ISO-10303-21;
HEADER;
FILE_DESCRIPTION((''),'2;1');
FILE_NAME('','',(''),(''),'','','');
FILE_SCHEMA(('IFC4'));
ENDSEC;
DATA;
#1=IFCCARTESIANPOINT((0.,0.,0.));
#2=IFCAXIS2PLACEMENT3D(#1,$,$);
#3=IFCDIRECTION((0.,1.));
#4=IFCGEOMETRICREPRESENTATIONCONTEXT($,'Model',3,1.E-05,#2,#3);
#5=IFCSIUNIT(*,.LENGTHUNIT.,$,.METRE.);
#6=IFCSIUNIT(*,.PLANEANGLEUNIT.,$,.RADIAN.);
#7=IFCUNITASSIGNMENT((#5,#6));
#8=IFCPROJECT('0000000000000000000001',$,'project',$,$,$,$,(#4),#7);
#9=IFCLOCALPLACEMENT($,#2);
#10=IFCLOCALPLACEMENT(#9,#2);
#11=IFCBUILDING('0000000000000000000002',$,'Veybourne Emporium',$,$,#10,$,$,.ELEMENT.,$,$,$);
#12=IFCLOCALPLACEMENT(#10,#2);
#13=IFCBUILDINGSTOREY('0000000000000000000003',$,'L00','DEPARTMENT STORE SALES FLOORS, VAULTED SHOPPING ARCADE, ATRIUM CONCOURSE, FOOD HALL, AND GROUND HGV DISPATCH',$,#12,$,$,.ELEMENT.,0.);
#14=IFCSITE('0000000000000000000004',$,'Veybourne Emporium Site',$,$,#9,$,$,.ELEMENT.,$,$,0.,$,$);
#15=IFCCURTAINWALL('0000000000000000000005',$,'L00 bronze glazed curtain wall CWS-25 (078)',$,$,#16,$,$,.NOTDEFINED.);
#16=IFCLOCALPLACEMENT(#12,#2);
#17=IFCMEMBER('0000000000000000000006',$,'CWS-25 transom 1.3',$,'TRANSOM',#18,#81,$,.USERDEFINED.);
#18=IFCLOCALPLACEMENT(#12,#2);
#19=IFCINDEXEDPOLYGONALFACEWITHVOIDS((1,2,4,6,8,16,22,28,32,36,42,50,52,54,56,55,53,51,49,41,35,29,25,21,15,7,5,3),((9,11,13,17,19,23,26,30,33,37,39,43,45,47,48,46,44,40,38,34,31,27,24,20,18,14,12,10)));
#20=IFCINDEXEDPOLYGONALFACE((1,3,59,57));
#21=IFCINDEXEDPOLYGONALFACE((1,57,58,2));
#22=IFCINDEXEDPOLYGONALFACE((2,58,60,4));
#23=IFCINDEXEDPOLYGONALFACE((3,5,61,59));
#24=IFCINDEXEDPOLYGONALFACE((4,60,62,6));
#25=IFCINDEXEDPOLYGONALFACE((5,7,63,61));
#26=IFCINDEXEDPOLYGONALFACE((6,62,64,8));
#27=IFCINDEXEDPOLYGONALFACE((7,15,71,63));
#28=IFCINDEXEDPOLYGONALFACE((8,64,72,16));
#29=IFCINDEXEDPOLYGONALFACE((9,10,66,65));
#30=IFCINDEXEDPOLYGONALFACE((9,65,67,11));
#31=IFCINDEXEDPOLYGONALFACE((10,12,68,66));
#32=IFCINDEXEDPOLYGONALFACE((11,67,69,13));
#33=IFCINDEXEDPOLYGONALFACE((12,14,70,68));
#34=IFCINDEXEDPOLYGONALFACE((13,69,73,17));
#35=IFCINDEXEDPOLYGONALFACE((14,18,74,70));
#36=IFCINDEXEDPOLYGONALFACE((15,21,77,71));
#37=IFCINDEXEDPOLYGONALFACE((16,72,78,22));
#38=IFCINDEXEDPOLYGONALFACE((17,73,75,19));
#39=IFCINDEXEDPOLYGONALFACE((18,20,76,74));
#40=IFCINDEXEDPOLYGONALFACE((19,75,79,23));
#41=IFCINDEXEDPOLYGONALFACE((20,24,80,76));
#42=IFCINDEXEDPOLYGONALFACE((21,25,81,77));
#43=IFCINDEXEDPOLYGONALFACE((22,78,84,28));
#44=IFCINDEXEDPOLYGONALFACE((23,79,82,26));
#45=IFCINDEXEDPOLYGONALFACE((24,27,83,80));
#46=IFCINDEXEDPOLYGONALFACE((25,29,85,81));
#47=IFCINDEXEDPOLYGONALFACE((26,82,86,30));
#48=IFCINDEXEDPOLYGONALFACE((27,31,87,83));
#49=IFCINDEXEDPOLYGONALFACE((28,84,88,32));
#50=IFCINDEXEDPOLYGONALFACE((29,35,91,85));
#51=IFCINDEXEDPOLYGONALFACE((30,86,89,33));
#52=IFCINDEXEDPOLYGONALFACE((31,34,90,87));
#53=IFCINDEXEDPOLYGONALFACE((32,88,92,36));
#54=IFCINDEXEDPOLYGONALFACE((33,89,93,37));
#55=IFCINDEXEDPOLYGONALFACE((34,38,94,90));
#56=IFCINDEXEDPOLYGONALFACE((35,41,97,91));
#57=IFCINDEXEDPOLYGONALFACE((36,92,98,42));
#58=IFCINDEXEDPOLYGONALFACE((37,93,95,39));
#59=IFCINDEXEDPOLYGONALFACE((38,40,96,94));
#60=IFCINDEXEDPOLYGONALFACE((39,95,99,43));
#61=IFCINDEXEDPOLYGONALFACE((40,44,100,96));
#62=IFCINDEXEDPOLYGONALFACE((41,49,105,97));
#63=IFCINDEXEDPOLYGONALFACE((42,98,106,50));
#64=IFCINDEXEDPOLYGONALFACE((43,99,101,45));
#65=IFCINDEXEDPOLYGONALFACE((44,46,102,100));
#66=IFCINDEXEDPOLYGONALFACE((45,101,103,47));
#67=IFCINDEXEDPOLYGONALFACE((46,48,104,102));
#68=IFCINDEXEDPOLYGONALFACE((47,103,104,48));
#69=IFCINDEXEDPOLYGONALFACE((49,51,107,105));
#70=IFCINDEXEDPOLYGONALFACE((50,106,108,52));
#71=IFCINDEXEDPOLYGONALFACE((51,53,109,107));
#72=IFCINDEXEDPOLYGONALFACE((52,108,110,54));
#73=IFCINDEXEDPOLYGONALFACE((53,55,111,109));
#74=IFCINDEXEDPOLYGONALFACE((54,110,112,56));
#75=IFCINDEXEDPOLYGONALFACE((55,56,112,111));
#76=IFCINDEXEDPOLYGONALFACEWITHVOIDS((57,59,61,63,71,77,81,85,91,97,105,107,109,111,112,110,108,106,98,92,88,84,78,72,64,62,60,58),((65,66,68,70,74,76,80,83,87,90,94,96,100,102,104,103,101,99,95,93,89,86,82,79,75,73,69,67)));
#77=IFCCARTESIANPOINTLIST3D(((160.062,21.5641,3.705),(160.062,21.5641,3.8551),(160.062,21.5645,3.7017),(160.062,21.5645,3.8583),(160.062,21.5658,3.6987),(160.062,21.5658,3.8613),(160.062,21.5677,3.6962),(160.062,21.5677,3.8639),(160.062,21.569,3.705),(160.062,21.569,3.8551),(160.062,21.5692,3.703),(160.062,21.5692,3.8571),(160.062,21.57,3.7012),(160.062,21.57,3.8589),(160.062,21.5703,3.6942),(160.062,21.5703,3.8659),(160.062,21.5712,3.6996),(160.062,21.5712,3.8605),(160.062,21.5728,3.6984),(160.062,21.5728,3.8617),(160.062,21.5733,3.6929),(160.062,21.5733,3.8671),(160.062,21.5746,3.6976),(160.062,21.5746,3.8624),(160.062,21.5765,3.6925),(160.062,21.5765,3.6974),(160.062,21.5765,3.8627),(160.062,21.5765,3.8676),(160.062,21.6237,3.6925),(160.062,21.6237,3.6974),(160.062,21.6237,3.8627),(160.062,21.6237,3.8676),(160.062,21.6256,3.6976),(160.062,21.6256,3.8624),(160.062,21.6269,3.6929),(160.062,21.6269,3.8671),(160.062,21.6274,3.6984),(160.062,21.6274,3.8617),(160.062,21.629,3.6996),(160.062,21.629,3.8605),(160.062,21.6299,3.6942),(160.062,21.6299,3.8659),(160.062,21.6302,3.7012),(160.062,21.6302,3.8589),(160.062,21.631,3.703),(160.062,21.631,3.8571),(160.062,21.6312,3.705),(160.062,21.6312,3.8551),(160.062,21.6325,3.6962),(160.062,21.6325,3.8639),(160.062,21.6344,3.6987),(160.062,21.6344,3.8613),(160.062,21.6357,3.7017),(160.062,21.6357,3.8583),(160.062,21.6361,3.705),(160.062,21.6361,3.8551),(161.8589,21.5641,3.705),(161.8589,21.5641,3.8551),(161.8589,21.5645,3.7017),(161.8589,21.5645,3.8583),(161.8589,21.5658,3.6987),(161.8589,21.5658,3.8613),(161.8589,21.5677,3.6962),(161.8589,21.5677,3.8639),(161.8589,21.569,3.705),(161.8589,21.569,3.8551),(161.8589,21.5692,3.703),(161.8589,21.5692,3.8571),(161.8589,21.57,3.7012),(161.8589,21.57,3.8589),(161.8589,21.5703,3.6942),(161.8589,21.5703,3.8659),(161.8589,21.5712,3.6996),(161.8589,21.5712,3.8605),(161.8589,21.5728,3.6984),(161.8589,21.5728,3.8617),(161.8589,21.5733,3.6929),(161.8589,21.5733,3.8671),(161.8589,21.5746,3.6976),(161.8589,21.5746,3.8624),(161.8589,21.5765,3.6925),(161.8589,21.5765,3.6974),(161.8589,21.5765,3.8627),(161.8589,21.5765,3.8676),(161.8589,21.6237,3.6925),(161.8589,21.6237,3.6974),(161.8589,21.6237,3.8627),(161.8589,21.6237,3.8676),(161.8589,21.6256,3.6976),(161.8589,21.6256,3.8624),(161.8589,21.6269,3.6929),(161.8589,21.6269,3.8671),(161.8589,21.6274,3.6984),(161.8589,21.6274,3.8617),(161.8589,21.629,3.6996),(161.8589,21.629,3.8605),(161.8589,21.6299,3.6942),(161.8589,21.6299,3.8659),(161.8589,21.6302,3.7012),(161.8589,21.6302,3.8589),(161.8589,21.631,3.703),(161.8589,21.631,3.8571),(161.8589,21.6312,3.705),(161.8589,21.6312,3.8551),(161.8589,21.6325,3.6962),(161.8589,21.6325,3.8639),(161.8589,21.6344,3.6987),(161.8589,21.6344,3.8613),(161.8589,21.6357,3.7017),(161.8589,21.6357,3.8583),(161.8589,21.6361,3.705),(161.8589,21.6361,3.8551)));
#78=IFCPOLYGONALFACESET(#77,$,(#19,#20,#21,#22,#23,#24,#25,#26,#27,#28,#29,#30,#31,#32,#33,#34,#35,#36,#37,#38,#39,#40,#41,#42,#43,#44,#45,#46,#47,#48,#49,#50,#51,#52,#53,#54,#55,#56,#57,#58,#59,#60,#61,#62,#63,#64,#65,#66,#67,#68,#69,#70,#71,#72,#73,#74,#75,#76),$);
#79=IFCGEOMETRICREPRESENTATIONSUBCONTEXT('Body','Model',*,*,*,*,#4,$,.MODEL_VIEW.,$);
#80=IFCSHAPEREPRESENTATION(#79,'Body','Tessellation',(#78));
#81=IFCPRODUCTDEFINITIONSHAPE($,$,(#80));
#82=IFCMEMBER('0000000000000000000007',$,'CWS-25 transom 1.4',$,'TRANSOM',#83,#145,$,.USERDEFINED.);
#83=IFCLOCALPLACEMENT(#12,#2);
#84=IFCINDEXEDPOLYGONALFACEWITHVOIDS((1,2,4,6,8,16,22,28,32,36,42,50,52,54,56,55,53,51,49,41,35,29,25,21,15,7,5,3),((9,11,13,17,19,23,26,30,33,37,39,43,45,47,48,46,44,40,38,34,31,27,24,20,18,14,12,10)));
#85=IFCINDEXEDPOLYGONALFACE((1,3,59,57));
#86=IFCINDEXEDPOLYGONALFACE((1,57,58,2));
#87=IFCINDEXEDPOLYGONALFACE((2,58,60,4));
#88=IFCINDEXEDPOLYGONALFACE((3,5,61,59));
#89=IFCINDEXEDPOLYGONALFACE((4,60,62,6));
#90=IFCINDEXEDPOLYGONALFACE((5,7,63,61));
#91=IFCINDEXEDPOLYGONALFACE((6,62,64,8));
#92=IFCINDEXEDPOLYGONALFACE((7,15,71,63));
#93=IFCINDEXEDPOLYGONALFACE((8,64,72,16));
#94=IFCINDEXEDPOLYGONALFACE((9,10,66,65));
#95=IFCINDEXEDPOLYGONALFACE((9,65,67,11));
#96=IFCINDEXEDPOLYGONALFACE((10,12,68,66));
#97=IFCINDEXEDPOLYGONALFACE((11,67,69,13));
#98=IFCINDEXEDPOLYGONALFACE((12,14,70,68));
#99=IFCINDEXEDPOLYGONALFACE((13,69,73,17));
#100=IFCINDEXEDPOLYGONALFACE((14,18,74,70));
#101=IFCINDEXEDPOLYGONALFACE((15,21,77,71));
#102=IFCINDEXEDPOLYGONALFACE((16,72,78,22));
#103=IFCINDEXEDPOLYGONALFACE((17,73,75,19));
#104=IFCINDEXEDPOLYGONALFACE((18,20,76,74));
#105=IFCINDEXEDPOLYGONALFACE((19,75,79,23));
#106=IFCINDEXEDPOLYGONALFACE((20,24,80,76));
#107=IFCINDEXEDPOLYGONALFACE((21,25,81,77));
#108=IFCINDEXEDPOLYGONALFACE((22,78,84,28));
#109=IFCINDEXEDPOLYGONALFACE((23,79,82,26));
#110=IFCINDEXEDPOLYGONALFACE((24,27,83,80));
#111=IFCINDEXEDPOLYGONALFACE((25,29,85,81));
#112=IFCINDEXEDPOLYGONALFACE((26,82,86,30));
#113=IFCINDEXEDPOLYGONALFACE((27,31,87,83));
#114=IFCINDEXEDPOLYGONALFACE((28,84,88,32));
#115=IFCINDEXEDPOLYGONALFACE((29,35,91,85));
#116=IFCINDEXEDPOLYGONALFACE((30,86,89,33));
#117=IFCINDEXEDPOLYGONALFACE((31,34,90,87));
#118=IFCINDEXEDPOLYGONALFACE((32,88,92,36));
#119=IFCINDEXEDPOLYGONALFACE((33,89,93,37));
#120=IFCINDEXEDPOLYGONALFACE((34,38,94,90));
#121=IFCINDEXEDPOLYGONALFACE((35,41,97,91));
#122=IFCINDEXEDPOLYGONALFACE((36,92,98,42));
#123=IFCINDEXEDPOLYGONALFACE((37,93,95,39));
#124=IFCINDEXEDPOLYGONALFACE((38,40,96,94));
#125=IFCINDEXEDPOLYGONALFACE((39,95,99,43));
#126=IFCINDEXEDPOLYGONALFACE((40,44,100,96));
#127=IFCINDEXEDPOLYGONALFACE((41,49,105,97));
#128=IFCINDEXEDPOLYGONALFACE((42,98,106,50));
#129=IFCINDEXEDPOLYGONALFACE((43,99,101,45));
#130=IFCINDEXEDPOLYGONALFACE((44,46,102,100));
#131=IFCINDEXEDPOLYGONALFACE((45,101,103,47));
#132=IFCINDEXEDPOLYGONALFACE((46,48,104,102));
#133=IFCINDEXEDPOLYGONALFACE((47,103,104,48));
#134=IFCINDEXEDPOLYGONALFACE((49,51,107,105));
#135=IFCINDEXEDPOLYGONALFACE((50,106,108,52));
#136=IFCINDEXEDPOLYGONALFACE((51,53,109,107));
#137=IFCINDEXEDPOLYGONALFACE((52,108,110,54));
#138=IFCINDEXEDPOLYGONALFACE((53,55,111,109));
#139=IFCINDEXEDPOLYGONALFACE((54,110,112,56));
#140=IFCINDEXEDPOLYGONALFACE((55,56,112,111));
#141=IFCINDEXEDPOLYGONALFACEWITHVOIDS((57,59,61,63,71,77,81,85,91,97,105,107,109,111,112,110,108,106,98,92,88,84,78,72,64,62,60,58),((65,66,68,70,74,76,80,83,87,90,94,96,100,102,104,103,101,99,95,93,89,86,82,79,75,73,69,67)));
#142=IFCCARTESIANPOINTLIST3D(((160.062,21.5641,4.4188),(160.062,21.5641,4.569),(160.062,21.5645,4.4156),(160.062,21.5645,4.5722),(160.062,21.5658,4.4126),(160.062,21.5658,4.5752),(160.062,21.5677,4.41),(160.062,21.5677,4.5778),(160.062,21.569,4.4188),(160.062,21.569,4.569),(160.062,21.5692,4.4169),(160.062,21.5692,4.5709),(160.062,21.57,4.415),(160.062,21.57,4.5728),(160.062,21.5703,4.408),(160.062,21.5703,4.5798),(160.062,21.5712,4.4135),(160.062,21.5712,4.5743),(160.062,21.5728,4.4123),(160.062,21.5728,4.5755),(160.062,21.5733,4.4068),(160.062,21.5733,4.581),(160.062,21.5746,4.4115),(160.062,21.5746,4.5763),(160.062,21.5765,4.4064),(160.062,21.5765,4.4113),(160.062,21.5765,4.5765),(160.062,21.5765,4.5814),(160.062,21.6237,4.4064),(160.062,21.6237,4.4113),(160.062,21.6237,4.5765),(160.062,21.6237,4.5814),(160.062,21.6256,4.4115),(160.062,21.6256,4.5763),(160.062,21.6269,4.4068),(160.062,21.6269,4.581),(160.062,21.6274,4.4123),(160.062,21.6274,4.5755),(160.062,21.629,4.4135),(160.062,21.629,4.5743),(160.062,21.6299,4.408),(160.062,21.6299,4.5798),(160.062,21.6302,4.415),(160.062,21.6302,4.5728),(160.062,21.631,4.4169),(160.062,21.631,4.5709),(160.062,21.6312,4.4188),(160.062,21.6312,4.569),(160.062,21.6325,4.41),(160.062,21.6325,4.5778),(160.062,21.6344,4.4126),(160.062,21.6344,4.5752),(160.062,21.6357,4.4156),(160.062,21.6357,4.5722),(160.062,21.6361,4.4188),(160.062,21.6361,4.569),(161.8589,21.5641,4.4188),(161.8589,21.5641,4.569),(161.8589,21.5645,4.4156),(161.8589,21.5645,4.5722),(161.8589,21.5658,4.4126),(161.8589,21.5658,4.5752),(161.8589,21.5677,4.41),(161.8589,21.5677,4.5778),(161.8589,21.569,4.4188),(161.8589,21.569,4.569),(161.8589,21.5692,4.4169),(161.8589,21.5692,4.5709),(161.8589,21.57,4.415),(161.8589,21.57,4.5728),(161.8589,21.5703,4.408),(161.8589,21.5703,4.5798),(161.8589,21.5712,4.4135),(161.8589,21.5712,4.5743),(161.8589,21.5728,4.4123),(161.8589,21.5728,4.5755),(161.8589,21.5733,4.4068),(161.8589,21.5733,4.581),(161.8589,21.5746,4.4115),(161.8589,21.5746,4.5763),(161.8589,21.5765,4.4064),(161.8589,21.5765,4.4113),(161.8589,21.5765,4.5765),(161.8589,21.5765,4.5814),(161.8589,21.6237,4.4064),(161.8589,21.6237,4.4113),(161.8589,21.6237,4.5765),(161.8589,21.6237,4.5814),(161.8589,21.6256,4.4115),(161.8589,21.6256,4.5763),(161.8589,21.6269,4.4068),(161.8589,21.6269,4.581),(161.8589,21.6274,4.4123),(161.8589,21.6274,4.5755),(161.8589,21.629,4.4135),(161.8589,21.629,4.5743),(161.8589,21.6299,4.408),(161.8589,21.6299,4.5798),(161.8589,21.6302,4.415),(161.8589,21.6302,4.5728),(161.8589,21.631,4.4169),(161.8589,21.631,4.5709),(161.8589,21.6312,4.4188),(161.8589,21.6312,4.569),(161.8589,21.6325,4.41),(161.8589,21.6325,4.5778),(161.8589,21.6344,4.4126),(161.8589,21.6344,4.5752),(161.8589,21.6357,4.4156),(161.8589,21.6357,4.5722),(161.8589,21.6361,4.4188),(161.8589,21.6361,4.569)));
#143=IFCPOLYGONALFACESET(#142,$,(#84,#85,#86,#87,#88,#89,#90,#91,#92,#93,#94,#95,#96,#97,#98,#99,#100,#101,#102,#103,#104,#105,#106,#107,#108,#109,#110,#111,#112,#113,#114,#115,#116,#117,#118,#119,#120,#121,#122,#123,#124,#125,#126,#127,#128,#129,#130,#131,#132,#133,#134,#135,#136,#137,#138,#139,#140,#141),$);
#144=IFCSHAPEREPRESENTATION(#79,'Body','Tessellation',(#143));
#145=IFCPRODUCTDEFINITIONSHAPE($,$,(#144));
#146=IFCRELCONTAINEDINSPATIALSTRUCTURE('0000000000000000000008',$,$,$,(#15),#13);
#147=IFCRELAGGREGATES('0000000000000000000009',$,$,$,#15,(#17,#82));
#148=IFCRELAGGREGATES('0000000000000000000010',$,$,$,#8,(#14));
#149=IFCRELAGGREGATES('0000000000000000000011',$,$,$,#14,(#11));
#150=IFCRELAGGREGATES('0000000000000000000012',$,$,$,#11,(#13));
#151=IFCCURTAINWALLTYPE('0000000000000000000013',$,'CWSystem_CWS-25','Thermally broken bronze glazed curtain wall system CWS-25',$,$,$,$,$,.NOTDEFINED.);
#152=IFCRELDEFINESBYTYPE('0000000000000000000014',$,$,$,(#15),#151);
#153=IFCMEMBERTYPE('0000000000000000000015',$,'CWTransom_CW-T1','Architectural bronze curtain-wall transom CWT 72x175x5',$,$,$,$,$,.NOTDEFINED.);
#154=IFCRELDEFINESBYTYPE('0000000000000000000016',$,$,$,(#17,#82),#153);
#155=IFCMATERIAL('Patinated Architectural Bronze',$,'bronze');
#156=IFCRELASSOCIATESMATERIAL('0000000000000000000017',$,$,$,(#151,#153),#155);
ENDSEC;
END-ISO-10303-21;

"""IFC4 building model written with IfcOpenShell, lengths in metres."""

from ifc_helpers import new_model, si_unit, direction, frame, origin, origin_2d, place, context, subcontext, project, spatial, hollow_rectangle, extrude, material, material_profile, profile_set, type_object, element, aggregate, save


model = new_model("IFC4")

# Units and contexts
model_context = context("Model", 3, precision=1e-05, world=origin(), true_north=direction((0.0, 1.0)))
body_context = subcontext(model_context, "Body", "Model", "MODEL_VIEW")
ifc_project = project(units=[si_unit("LENGTHUNIT", "METRE"), si_unit("PLANEANGLEUNIT", "RADIAN")], contexts=[model_context])

# Site, building, storey
site_placement = place(None, origin())
site = spatial("IfcSite", under=ifc_project, at=site_placement, Name="Veybourne Emporium Site", CompositionType="ELEMENT", RefElevation=0.0)
building_placement = place(site_placement, origin())
building = spatial("IfcBuilding", under=site, at=building_placement, Name="Veybourne Emporium", CompositionType="ELEMENT")
storey_placement = place(building_placement, origin())
storey = spatial("IfcBuildingStorey", under=building, at=storey_placement, Name="L00", Description="DEPARTMENT STORE SALES FLOORS, VAULTED SHOPPING ARCADE, ATRIUM CONCOURSE, FOOD HALL, AND GROUND HGV DISPATCH", CompositionType="ELEMENT", Elevation=0.0)

# Curtain wall
ifc_material_1 = material(Name="Patinated Architectural Bronze", Category="bronze")
curtain_wall_type_1 = type_object("IfcCurtainWallType", Name="CWSystem_CWS-25", Description="Thermally broken bronze glazed curtain wall system CWS-25", PredefinedType="NOTDEFINED", material=ifc_material_1)
curtain_wall_1_placement = place(storey_placement, origin())
curtain_wall_1 = element("IfcCurtainWall", 1, at=curtain_wall_1_placement, inside=storey, type_object=curtain_wall_type_1, Name="L00 bronze glazed curtain wall CWS-25 (078)", PredefinedType="NOTDEFINED")

# Members
ifc_material_profile_1 = material_profile(ifc_material_1, hollow_rectangle(XDim=0.072, YDim=0.175, WallThickness=0.0049, InnerFilletRadius=0.0076, OuterFilletRadius=0.0125, at=origin_2d()), Name="CWT 72x175x5")
ifc_profile_set_1 = profile_set([ifc_material_profile_1], Name="Patinated Architectural Bronze")
member_type_1 = type_object("IfcMemberType", Name="CWTransom_CW-T1", Description="Architectural bronze curtain-wall transom CWT 72x175x5", PredefinedType="NOTDEFINED", material=ifc_profile_set_1)
member_1_placement = place(storey_placement, frame((160.062, 21.6001, 3.78), z_axis=(1.0, 0.0, 0.0), x_axis=(0.0, 1.0, 0.0)))
member_1 = element("IfcMember", 2, at=member_1_placement, type_object=member_type_1, Name="CWS-25 transom 1.3", ObjectType="TRANSOM", PredefinedType="USERDEFINED", context=body_context, shape_type="SweptSolid", body=[
    extrude(hollow_rectangle(XDim=0.072, YDim=0.175, WallThickness=0.0049, InnerFilletRadius=0.0076, OuterFilletRadius=0.0125, at=origin_2d()), origin(), (0.0, 0.0, 1.0), 1.7969),
])
member_2_placement = place(storey_placement, frame((160.062, 21.6001, 4.4939), z_axis=(1.0, 0.0, 0.0), x_axis=(0.0, 1.0, 0.0)))
member_2 = element("IfcMember", 3, at=member_2_placement, type_object=member_type_1, Name="CWS-25 transom 1.4", ObjectType="TRANSOM", PredefinedType="USERDEFINED", context=body_context, shape_type="SweptSolid", body=[
    extrude(hollow_rectangle(XDim=0.072, YDim=0.175, WallThickness=0.0049, InnerFilletRadius=0.0076, OuterFilletRadius=0.0125, at=origin_2d()), origin(), (0.0, 0.0, 1.0), 1.7969),
])

aggregate(curtain_wall_1, [member_1, member_2])

save(model, "model.ifc")
